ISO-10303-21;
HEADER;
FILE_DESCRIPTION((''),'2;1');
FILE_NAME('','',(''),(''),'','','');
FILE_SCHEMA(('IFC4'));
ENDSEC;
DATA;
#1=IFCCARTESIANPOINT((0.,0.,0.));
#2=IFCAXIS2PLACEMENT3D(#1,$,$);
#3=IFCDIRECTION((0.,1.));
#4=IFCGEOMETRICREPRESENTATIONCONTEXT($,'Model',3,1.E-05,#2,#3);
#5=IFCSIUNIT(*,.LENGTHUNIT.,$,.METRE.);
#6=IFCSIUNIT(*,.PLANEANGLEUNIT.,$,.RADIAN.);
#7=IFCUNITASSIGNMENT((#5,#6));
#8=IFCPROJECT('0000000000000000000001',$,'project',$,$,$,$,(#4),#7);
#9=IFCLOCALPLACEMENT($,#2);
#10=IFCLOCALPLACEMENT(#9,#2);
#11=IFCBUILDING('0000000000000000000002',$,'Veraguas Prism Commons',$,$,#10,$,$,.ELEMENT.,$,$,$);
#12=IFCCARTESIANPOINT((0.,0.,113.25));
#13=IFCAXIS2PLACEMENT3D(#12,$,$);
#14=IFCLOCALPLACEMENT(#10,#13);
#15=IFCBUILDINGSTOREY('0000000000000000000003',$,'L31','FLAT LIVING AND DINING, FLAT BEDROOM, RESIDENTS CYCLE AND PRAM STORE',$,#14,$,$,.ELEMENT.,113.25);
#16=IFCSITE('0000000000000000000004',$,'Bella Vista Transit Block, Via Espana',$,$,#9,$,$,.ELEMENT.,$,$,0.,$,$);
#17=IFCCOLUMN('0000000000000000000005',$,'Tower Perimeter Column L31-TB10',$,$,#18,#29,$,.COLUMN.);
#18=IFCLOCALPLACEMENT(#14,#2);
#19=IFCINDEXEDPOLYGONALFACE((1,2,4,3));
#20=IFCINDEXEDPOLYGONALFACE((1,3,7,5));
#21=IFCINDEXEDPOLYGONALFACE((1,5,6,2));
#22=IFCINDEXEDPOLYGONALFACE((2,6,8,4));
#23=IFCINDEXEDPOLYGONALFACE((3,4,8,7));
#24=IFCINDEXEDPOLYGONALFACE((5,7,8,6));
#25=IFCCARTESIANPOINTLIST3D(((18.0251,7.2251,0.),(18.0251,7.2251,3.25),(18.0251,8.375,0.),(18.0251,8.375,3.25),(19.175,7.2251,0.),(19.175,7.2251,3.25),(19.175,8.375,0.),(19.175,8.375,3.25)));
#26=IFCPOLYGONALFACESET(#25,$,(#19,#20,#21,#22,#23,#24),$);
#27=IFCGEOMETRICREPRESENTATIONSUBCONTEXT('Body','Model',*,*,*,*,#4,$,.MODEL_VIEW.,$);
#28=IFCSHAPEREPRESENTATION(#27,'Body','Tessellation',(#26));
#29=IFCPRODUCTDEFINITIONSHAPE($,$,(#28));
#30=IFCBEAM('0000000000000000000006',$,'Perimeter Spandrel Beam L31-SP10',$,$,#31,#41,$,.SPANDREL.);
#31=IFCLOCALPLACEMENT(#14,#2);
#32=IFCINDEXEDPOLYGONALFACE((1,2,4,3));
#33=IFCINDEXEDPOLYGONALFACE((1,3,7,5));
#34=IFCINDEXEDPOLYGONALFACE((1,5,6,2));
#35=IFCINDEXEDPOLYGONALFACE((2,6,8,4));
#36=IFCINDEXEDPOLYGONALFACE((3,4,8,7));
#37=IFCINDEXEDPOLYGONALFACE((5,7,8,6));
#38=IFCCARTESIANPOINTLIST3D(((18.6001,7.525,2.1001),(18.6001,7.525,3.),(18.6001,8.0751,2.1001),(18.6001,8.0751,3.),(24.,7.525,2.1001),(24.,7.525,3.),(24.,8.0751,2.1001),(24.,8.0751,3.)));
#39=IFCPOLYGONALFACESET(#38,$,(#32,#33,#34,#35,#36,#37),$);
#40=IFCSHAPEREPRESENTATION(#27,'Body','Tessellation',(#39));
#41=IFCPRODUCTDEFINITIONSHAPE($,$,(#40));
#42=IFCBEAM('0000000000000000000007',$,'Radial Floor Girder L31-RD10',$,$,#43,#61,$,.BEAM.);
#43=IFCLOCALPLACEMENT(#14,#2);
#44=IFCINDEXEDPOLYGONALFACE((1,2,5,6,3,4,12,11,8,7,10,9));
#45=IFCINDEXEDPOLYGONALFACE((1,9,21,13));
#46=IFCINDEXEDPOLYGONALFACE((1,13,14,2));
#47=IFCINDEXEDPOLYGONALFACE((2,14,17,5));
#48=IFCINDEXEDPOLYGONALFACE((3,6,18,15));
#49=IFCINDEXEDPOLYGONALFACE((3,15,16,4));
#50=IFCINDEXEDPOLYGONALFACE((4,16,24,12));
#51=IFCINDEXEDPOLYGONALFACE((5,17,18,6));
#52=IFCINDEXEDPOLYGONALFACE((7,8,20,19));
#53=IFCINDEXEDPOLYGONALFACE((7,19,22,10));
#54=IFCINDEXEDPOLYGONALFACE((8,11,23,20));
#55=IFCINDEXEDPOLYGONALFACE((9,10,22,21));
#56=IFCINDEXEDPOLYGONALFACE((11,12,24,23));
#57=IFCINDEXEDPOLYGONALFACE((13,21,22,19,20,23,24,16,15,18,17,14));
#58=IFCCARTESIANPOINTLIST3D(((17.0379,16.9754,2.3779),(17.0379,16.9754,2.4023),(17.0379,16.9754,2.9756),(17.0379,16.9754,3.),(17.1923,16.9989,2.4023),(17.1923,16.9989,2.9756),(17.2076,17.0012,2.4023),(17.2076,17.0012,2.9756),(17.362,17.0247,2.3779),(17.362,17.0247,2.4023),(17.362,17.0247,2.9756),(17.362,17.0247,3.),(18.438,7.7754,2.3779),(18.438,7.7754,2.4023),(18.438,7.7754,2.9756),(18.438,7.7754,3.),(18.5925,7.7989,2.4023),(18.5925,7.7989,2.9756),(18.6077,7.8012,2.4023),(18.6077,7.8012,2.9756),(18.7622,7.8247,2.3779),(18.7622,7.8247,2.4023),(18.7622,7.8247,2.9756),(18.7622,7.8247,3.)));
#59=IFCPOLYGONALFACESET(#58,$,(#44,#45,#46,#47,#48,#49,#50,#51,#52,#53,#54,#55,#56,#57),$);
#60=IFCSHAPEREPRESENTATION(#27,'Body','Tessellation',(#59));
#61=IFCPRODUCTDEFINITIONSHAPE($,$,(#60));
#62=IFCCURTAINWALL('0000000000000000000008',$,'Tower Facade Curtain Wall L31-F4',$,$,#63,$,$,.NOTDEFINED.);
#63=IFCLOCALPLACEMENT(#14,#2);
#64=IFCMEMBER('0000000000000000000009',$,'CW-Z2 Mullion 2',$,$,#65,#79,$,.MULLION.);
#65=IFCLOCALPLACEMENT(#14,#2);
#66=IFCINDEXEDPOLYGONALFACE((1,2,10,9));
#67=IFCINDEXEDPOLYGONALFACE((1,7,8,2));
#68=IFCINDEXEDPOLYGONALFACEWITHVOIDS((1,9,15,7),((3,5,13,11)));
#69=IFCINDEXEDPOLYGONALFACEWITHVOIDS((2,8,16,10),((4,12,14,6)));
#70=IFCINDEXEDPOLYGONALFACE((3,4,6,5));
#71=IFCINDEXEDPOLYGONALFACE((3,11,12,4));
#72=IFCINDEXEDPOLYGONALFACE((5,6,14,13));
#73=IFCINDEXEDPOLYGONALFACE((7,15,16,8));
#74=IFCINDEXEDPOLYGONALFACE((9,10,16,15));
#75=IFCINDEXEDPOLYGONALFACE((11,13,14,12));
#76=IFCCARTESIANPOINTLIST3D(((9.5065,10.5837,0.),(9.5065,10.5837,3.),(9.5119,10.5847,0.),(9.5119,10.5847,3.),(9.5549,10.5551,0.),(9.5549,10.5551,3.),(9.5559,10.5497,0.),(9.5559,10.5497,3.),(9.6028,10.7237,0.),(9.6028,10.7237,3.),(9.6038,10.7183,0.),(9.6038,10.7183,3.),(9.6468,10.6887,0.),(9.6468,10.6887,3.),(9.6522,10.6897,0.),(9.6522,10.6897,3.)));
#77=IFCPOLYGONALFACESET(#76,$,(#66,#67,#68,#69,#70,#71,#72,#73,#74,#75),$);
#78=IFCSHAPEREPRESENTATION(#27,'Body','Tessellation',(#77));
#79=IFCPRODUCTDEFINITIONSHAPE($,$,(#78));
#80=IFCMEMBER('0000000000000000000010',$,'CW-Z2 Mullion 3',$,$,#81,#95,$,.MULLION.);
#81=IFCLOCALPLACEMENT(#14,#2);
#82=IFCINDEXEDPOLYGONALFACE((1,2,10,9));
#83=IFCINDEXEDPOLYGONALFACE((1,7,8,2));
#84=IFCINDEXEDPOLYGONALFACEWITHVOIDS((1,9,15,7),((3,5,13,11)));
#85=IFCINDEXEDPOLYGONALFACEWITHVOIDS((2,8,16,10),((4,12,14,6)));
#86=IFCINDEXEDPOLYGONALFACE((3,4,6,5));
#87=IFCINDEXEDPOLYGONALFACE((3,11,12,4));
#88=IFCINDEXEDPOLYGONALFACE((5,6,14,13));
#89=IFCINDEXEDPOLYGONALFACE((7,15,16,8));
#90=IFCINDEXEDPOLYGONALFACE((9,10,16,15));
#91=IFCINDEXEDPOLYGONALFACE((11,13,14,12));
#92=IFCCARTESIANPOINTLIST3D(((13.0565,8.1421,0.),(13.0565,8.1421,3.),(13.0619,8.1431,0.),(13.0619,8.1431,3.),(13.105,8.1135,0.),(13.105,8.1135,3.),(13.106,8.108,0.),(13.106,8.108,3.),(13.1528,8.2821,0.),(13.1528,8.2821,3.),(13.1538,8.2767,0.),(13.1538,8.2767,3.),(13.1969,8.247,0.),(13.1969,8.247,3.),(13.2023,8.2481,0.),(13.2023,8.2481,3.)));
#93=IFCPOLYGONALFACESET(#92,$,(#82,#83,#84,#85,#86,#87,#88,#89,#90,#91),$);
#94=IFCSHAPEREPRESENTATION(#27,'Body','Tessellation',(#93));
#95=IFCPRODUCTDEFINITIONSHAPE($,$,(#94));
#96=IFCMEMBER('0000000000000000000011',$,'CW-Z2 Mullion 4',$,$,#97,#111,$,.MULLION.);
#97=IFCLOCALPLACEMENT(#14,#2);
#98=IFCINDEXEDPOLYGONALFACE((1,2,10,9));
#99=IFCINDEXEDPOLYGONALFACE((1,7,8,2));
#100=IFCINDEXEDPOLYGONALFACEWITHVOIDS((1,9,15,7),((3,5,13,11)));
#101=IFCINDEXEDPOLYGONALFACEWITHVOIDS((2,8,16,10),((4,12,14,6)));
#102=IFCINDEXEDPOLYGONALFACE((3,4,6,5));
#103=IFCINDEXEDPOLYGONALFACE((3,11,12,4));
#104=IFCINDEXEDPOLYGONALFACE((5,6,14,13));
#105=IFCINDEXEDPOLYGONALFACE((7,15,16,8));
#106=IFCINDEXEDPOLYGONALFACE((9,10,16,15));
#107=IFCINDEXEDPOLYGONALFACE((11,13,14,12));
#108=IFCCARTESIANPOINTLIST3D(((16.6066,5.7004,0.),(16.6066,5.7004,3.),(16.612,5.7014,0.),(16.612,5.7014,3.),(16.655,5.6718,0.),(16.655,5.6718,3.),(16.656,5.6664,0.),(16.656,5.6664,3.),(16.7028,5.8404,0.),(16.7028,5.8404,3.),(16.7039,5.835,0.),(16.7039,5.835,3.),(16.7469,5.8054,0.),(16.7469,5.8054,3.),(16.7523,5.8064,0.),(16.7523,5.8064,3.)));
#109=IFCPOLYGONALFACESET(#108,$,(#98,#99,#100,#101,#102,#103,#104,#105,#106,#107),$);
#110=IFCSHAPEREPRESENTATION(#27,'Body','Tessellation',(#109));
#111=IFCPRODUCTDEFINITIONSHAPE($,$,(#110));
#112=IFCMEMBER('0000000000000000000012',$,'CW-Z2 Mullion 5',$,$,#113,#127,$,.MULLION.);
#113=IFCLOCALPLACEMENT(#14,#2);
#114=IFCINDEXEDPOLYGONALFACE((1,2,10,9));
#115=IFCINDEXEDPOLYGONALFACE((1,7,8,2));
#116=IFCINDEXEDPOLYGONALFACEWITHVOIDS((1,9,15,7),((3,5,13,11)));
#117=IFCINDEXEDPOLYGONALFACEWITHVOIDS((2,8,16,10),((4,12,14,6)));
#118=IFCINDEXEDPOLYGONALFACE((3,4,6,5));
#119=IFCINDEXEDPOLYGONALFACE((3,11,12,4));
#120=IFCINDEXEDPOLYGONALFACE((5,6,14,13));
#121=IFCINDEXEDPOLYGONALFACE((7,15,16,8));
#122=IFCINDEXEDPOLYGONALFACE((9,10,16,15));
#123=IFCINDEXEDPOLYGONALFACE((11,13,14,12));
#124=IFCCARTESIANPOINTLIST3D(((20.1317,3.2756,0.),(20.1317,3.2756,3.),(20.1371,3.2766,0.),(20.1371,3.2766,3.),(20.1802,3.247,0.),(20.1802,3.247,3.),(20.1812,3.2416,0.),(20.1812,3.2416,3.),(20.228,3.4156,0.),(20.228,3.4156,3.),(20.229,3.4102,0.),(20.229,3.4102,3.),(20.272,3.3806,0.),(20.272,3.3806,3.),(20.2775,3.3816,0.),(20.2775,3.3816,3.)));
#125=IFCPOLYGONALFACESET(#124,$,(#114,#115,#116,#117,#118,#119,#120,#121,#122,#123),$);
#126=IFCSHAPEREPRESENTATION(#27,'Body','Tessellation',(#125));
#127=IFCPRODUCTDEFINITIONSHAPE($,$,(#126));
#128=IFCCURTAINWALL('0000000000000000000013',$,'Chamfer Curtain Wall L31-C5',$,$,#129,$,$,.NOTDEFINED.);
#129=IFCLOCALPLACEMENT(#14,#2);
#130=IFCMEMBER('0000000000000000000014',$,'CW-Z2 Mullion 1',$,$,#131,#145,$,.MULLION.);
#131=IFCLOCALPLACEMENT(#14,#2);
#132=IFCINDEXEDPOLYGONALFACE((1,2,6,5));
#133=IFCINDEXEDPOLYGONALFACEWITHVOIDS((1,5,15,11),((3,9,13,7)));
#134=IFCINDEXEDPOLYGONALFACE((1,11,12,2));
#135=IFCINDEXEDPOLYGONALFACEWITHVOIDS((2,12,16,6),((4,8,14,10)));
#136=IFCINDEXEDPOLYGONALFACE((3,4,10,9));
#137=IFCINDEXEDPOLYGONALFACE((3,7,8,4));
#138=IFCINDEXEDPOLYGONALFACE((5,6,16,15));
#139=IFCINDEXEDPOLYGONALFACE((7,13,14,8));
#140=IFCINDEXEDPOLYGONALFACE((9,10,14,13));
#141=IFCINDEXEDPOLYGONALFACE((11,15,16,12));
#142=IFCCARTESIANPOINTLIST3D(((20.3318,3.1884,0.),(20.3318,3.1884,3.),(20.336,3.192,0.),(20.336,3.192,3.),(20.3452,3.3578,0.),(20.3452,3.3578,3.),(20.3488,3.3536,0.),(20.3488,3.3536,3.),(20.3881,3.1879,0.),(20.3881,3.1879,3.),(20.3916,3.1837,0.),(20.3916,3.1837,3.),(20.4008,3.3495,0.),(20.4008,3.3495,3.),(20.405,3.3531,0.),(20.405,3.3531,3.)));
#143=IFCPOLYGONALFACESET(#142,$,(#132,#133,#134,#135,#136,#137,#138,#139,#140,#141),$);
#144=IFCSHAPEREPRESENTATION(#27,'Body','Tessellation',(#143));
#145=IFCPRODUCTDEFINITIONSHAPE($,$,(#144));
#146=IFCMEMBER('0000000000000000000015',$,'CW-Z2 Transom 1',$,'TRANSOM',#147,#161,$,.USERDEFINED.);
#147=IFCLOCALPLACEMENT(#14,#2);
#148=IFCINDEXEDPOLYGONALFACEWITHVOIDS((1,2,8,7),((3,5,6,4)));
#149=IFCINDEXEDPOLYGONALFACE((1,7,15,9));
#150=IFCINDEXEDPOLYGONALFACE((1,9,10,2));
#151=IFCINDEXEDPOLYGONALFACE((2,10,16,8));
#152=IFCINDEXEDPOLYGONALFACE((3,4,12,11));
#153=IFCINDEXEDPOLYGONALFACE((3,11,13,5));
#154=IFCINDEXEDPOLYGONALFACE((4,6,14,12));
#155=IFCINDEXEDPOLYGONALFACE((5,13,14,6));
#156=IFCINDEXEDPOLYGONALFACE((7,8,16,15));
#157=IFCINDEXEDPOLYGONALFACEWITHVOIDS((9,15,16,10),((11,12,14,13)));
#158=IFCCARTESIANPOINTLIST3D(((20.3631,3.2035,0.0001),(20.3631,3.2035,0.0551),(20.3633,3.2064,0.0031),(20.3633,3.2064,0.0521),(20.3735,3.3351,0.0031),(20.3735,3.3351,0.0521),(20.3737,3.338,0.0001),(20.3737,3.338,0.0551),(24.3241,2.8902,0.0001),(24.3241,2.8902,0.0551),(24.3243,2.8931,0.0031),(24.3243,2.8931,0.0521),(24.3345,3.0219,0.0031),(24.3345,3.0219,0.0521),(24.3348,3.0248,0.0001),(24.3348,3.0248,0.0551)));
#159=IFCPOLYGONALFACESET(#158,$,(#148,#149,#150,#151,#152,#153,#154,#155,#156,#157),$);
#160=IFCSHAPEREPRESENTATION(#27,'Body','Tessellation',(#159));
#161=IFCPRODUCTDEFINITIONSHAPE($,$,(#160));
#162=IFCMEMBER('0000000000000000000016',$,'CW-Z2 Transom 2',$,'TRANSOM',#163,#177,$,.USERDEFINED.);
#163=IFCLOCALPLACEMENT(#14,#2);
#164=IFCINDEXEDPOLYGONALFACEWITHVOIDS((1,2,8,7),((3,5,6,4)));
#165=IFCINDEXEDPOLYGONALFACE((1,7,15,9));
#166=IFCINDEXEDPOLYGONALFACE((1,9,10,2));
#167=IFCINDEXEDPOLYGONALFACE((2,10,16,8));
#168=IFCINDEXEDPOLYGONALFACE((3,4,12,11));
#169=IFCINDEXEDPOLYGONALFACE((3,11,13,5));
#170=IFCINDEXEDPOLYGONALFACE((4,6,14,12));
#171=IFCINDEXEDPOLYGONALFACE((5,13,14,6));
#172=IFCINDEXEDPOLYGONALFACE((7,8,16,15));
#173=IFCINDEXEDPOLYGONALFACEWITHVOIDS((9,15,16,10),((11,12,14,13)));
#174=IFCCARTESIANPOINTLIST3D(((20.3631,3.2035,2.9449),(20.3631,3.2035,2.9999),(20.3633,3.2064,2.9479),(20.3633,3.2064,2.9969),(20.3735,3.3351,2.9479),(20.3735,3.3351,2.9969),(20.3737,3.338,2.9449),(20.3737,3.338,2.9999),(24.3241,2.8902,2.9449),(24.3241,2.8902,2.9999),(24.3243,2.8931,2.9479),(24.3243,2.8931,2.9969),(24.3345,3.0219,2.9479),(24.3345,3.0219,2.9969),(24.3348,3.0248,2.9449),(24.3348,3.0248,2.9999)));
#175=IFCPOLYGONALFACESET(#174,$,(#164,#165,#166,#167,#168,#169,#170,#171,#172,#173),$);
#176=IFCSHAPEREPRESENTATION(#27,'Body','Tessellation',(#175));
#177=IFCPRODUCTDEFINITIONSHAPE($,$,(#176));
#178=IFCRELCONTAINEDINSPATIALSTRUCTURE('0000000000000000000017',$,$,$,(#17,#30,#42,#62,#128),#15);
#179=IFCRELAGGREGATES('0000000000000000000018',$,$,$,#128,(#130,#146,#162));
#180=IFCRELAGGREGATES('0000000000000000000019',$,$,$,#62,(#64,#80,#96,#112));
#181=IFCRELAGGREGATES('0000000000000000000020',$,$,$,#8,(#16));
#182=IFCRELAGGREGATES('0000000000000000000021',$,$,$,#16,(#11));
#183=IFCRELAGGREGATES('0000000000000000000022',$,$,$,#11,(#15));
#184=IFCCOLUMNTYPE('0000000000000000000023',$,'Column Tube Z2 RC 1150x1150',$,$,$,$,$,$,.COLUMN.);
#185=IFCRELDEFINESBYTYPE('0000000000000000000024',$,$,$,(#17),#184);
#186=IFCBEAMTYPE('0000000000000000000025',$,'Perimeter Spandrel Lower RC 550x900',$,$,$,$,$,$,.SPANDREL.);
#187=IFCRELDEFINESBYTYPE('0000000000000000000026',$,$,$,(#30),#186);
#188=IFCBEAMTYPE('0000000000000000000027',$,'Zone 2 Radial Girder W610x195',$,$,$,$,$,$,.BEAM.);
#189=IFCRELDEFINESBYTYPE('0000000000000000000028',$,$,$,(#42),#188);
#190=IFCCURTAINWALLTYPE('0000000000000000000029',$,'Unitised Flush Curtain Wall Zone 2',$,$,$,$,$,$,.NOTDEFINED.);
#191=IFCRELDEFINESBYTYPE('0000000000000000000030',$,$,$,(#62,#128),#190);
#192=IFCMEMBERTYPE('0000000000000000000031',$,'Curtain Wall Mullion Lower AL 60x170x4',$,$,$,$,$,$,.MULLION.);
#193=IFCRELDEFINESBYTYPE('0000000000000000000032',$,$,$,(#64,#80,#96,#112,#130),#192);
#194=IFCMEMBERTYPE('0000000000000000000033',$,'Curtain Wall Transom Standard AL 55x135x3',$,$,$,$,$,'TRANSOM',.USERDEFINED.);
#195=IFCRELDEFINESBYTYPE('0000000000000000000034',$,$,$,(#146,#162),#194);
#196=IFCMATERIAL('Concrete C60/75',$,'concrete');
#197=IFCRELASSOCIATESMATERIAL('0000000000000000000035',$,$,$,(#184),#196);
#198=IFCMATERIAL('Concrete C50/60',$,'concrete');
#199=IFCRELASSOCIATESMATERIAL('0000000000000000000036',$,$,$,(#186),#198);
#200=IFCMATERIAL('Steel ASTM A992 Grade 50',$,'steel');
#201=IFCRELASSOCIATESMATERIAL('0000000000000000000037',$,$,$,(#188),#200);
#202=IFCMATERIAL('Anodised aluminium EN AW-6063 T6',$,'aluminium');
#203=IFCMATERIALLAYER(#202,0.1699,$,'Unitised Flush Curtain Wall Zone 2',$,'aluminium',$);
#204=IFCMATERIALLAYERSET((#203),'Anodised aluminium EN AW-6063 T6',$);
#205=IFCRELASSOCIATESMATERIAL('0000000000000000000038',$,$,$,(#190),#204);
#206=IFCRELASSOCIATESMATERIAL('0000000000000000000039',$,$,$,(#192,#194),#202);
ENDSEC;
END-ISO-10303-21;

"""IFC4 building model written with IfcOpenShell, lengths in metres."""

from ifc_helpers import new_model, si_unit, direction, frame, origin, origin_2d, place, context, subcontext, project, spatial, rectangle, hollow_rectangle, i_section, extrude, source, transform, mapped, material, layer, layer_set, material_profile, profile_set, type_object, element, aggregate, save


model = new_model("IFC4")

# Units and contexts
model_context = context("Model", 3, precision=1e-05, world=origin(), true_north=direction((0.0, 1.0)))
body_context = subcontext(model_context, "Body", "Model", "MODEL_VIEW")
ifc_project = project(units=[si_unit("LENGTHUNIT", "METRE"), si_unit("PLANEANGLEUNIT", "RADIAN")], contexts=[model_context])

# Site, building, storey
site_placement = place(None, origin())
site = spatial("IfcSite", under=ifc_project, at=site_placement, Name="Bella Vista Transit Block, Via Espana", CompositionType="ELEMENT", RefElevation=0.0)
building_placement = place(site_placement, origin())
building = spatial("IfcBuilding", under=site, at=building_placement, Name="Veraguas Prism Commons", CompositionType="ELEMENT")
storey_placement = place(building_placement, frame((0.0, 0.0, 113.25)))
storey = spatial("IfcBuildingStorey", under=building, at=storey_placement, Name="L31", Description="FLAT LIVING AND DINING, FLAT BEDROOM, RESIDENTS CYCLE AND PRAM STORE", CompositionType="ELEMENT", Elevation=113.25)

# Column
ifc_material_1 = material(Name="Concrete C60/75", Category="concrete")
ifc_material_profile_1 = material_profile(ifc_material_1, rectangle(XDim=1.1499, YDim=1.1499, at=origin_2d()), Name="RC1150X1150")
ifc_profile_set_1 = profile_set([ifc_material_profile_1], Name="Concrete C60/75")
column_type = type_object("IfcColumnType", Name="Column Tube Z2 RC 1150x1150", PredefinedType="COLUMN", material=ifc_profile_set_1)
column_placement = place(storey_placement, frame((18.6001, 7.8, 0.0), z_axis=(0.0, 0.0, 1.0), x_axis=(1.0, 0.0, 0.0)))
element("IfcColumn", 1, at=column_placement, inside=storey, type_object=column_type, Name="Tower Perimeter Column L31-TB10", PredefinedType="COLUMN", context=body_context, shape_type="SweptSolid", body=[
    extrude(rectangle(XDim=1.1499, YDim=1.1499, at=origin_2d()), origin(), (0.0, 0.0, 1.0), 3.25),
])

# Beams
ifc_material_2 = material(Name="Concrete C50/60", Category="concrete")
ifc_material_profile_2 = material_profile(ifc_material_2, rectangle(XDim=0.55, YDim=0.8999, at=origin_2d()), Name="RC550X900")
ifc_profile_set_2 = profile_set([ifc_material_profile_2], Name="Concrete C50/60")
beam_type_1 = type_object("IfcBeamType", Name="Perimeter Spandrel Lower RC 550x900", PredefinedType="SPANDREL", material=ifc_profile_set_2)
beam_1_placement = place(storey_placement, frame((18.6001, 7.8, 2.55), z_axis=(1.0, 0.0, 0.0), x_axis=(0.0, 1.0, 0.0)))
element("IfcBeam", 2, at=beam_1_placement, inside=storey, type_object=beam_type_1, Name="Perimeter Spandrel Beam L31-SP10", PredefinedType="SPANDREL", context=body_context, shape_type="SweptSolid", body=[
    extrude(rectangle(XDim=0.55, YDim=0.8999, at=origin_2d()), origin(), (0.0, 0.0, 1.0), 5.3999),
])
ifc_material_3 = material(Name="Steel ASTM A992 Grade 50", Category="steel")
ifc_material_profile_3 = material_profile(ifc_material_3, i_section(OverallWidth=0.3279, OverallDepth=0.6221, WebThickness=0.0154, FlangeThickness=0.0244, at=origin_2d()), Name="W610X195")
ifc_profile_set_3 = profile_set([ifc_material_profile_3], Name="Steel ASTM A992 Grade 50")
beam_type_2 = type_object("IfcBeamType", Name="Zone 2 Radial Girder W610x195", PredefinedType="BEAM", material=ifc_profile_set_3)
beam_2_placement = place(storey_placement, frame((18.6001, 7.8, 2.689), z_axis=(-0.150458, 0.988616, 0.0), x_axis=(-0.988616, -0.150458, 0.0)))
element("IfcBeam", 3, at=beam_2_placement, inside=storey, type_object=beam_type_2, Name="Radial Floor Girder L31-RD10", PredefinedType="BEAM", context=body_context, shape_type="SweptSolid", body=[
    extrude(i_section(OverallWidth=0.3279, OverallDepth=0.6221, WebThickness=0.0154, FlangeThickness=0.0244, at=origin_2d()), origin(), (0.0, 0.0, 1.0), 9.3059),
])

# Curtain walls, members
ifc_material_4 = material(Name="Anodised aluminium EN AW-6063 T6", Category="aluminium")
ifc_layer_1 = layer(ifc_material_4, 0.1699, Name="Unitised Flush Curtain Wall Zone 2", Category="aluminium")
ifc_layer_set_1 = layer_set([ifc_layer_1], Name="Anodised aluminium EN AW-6063 T6")
curtain_wall_type = type_object("IfcCurtainWallType", Name="Unitised Flush Curtain Wall Zone 2", PredefinedType="NOTDEFINED", material=ifc_layer_set_1)
curtain_wall_1_placement = place(storey_placement, origin())
curtain_wall_1 = element("IfcCurtainWall", 4, at=curtain_wall_1_placement, inside=storey, type_object=curtain_wall_type, Name="Tower Facade Curtain Wall L31-F4", PredefinedType="NOTDEFINED")
ifc_material_profile_4 = material_profile(ifc_material_4, hollow_rectangle(XDim=0.0601, YDim=0.1699, WallThickness=0.0039, at=origin_2d()), Name="AL60X170X4")
ifc_profile_set_4 = profile_set([ifc_material_profile_4], Name="Anodised aluminium EN AW-6063 T6")
member_type_1 = type_object("IfcMemberType", Name="Curtain Wall Mullion Lower AL 60x170x4", PredefinedType="MULLION", material=ifc_profile_set_4)
shared_shape_1 = source(origin(), body_context, "Body", "SweptSolid", [
    extrude(hollow_rectangle(XDim=0.0601, YDim=0.1699, WallThickness=0.0039, at=origin_2d()), origin(), (0.0, 0.0, 1.0), 3.0),
])
member_1_placement = place(storey_placement, frame((9.5793, 10.6367, 0.0), z_axis=(0.0, 0.0, 1.0), x_axis=(0.82393, -0.566691, 0.0)))
member_1 = element("IfcMember", 5, at=member_1_placement, type_object=member_type_1, Name="CW-Z2 Mullion 2", PredefinedType="MULLION", context=body_context, shape_type="MappedRepresentation", body=[
    mapped(shared_shape_1, transform((0.0, 0.0, 0.0), scale=1.0)),
])
member_2_placement = place(storey_placement, frame((13.1294, 8.1951, 0.0), z_axis=(0.0, 0.0, 1.0), x_axis=(0.82393, -0.566691, 0.0)))
member_2 = element("IfcMember", 6, at=member_2_placement, type_object=member_type_1, Name="CW-Z2 Mullion 3", PredefinedType="MULLION", context=body_context, shape_type="MappedRepresentation", body=[
    mapped(shared_shape_1, transform((0.0, 0.0, 0.0), scale=1.0)),
])
member_3_placement = place(storey_placement, frame((16.6794, 5.7534, 0.0), z_axis=(0.0, 0.0, 1.0), x_axis=(0.82393, -0.566691, 0.0)))
member_3 = element("IfcMember", 7, at=member_3_placement, type_object=member_type_1, Name="CW-Z2 Mullion 4", PredefinedType="MULLION", context=body_context, shape_type="MappedRepresentation", body=[
    mapped(shared_shape_1, transform((0.0, 0.0, 0.0), scale=1.0)),
])
member_4_placement = place(storey_placement, frame((20.2046, 3.3286, 0.0), z_axis=(0.0, 0.0, 1.0), x_axis=(0.82393, -0.566691, 0.0)))
member_4 = element("IfcMember", 8, at=member_4_placement, type_object=member_type_1, Name="CW-Z2 Mullion 5", PredefinedType="MULLION", context=body_context, shape_type="MappedRepresentation", body=[
    mapped(shared_shape_1, transform((0.0, 0.0, 0.0), scale=1.0)),
])
curtain_wall_2_placement = place(storey_placement, origin())
curtain_wall_2 = element("IfcCurtainWall", 9, at=curtain_wall_2_placement, inside=storey, type_object=curtain_wall_type, Name="Chamfer Curtain Wall L31-C5", PredefinedType="NOTDEFINED")
member_5_placement = place(storey_placement, frame((20.3684, 3.2708, 0.0), z_axis=(0.0, 0.0, 1.0), x_axis=(0.996889, -0.078821, 0.0)))
member_5 = element("IfcMember", 10, at=member_5_placement, type_object=member_type_1, Name="CW-Z2 Mullion 1", PredefinedType="MULLION", context=body_context, shape_type="MappedRepresentation", body=[
    mapped(shared_shape_1, transform((0.0, 0.0, 0.0), scale=1.0)),
])
ifc_material_profile_5 = material_profile(ifc_material_4, hollow_rectangle(XDim=0.0549, YDim=0.135, WallThickness=0.0029, at=origin_2d()), Name="AL55X135X3")
ifc_profile_set_5 = profile_set([ifc_material_profile_5], Name="Anodised aluminium EN AW-6063 T6")
member_type_2 = type_object("IfcMemberType", Name="Curtain Wall Transom Standard AL 55x135x3", ElementType="TRANSOM", PredefinedType="USERDEFINED", material=ifc_profile_set_5)
shared_shape_2 = source(origin(), body_context, "Body", "SweptSolid", [
    extrude(hollow_rectangle(XDim=0.0549, YDim=0.135, WallThickness=0.0029, at=origin_2d()), origin(), (0.0, 0.0, 1.0), 3.9734),
])
member_6_placement = place(storey_placement, frame((20.3684, 3.2708, 0.0276), z_axis=(0.996888, -0.078834, 0.0), x_axis=(0.0, 0.0, 1.0)))
member_6 = element("IfcMember", 11, at=member_6_placement, type_object=member_type_2, Name="CW-Z2 Transom 1", ObjectType="TRANSOM", PredefinedType="USERDEFINED", context=body_context, shape_type="MappedRepresentation", body=[
    mapped(shared_shape_2, transform((0.0, 0.0, 0.0), scale=1.0)),
])
member_7_placement = place(storey_placement, frame((20.3684, 3.2708, 2.9724), z_axis=(0.996888, -0.078834, 0.0), x_axis=(0.0, 0.0, 1.0)))
member_7 = element("IfcMember", 12, at=member_7_placement, type_object=member_type_2, Name="CW-Z2 Transom 2", ObjectType="TRANSOM", PredefinedType="USERDEFINED", context=body_context, shape_type="MappedRepresentation", body=[
    mapped(shared_shape_2, transform((0.0, 0.0, 0.0), scale=1.0)),
])
aggregate(curtain_wall_2, [member_5, member_6, member_7])

aggregate(curtain_wall_1, [member_1, member_2, member_3, member_4])

save(model, "model.ifc")
